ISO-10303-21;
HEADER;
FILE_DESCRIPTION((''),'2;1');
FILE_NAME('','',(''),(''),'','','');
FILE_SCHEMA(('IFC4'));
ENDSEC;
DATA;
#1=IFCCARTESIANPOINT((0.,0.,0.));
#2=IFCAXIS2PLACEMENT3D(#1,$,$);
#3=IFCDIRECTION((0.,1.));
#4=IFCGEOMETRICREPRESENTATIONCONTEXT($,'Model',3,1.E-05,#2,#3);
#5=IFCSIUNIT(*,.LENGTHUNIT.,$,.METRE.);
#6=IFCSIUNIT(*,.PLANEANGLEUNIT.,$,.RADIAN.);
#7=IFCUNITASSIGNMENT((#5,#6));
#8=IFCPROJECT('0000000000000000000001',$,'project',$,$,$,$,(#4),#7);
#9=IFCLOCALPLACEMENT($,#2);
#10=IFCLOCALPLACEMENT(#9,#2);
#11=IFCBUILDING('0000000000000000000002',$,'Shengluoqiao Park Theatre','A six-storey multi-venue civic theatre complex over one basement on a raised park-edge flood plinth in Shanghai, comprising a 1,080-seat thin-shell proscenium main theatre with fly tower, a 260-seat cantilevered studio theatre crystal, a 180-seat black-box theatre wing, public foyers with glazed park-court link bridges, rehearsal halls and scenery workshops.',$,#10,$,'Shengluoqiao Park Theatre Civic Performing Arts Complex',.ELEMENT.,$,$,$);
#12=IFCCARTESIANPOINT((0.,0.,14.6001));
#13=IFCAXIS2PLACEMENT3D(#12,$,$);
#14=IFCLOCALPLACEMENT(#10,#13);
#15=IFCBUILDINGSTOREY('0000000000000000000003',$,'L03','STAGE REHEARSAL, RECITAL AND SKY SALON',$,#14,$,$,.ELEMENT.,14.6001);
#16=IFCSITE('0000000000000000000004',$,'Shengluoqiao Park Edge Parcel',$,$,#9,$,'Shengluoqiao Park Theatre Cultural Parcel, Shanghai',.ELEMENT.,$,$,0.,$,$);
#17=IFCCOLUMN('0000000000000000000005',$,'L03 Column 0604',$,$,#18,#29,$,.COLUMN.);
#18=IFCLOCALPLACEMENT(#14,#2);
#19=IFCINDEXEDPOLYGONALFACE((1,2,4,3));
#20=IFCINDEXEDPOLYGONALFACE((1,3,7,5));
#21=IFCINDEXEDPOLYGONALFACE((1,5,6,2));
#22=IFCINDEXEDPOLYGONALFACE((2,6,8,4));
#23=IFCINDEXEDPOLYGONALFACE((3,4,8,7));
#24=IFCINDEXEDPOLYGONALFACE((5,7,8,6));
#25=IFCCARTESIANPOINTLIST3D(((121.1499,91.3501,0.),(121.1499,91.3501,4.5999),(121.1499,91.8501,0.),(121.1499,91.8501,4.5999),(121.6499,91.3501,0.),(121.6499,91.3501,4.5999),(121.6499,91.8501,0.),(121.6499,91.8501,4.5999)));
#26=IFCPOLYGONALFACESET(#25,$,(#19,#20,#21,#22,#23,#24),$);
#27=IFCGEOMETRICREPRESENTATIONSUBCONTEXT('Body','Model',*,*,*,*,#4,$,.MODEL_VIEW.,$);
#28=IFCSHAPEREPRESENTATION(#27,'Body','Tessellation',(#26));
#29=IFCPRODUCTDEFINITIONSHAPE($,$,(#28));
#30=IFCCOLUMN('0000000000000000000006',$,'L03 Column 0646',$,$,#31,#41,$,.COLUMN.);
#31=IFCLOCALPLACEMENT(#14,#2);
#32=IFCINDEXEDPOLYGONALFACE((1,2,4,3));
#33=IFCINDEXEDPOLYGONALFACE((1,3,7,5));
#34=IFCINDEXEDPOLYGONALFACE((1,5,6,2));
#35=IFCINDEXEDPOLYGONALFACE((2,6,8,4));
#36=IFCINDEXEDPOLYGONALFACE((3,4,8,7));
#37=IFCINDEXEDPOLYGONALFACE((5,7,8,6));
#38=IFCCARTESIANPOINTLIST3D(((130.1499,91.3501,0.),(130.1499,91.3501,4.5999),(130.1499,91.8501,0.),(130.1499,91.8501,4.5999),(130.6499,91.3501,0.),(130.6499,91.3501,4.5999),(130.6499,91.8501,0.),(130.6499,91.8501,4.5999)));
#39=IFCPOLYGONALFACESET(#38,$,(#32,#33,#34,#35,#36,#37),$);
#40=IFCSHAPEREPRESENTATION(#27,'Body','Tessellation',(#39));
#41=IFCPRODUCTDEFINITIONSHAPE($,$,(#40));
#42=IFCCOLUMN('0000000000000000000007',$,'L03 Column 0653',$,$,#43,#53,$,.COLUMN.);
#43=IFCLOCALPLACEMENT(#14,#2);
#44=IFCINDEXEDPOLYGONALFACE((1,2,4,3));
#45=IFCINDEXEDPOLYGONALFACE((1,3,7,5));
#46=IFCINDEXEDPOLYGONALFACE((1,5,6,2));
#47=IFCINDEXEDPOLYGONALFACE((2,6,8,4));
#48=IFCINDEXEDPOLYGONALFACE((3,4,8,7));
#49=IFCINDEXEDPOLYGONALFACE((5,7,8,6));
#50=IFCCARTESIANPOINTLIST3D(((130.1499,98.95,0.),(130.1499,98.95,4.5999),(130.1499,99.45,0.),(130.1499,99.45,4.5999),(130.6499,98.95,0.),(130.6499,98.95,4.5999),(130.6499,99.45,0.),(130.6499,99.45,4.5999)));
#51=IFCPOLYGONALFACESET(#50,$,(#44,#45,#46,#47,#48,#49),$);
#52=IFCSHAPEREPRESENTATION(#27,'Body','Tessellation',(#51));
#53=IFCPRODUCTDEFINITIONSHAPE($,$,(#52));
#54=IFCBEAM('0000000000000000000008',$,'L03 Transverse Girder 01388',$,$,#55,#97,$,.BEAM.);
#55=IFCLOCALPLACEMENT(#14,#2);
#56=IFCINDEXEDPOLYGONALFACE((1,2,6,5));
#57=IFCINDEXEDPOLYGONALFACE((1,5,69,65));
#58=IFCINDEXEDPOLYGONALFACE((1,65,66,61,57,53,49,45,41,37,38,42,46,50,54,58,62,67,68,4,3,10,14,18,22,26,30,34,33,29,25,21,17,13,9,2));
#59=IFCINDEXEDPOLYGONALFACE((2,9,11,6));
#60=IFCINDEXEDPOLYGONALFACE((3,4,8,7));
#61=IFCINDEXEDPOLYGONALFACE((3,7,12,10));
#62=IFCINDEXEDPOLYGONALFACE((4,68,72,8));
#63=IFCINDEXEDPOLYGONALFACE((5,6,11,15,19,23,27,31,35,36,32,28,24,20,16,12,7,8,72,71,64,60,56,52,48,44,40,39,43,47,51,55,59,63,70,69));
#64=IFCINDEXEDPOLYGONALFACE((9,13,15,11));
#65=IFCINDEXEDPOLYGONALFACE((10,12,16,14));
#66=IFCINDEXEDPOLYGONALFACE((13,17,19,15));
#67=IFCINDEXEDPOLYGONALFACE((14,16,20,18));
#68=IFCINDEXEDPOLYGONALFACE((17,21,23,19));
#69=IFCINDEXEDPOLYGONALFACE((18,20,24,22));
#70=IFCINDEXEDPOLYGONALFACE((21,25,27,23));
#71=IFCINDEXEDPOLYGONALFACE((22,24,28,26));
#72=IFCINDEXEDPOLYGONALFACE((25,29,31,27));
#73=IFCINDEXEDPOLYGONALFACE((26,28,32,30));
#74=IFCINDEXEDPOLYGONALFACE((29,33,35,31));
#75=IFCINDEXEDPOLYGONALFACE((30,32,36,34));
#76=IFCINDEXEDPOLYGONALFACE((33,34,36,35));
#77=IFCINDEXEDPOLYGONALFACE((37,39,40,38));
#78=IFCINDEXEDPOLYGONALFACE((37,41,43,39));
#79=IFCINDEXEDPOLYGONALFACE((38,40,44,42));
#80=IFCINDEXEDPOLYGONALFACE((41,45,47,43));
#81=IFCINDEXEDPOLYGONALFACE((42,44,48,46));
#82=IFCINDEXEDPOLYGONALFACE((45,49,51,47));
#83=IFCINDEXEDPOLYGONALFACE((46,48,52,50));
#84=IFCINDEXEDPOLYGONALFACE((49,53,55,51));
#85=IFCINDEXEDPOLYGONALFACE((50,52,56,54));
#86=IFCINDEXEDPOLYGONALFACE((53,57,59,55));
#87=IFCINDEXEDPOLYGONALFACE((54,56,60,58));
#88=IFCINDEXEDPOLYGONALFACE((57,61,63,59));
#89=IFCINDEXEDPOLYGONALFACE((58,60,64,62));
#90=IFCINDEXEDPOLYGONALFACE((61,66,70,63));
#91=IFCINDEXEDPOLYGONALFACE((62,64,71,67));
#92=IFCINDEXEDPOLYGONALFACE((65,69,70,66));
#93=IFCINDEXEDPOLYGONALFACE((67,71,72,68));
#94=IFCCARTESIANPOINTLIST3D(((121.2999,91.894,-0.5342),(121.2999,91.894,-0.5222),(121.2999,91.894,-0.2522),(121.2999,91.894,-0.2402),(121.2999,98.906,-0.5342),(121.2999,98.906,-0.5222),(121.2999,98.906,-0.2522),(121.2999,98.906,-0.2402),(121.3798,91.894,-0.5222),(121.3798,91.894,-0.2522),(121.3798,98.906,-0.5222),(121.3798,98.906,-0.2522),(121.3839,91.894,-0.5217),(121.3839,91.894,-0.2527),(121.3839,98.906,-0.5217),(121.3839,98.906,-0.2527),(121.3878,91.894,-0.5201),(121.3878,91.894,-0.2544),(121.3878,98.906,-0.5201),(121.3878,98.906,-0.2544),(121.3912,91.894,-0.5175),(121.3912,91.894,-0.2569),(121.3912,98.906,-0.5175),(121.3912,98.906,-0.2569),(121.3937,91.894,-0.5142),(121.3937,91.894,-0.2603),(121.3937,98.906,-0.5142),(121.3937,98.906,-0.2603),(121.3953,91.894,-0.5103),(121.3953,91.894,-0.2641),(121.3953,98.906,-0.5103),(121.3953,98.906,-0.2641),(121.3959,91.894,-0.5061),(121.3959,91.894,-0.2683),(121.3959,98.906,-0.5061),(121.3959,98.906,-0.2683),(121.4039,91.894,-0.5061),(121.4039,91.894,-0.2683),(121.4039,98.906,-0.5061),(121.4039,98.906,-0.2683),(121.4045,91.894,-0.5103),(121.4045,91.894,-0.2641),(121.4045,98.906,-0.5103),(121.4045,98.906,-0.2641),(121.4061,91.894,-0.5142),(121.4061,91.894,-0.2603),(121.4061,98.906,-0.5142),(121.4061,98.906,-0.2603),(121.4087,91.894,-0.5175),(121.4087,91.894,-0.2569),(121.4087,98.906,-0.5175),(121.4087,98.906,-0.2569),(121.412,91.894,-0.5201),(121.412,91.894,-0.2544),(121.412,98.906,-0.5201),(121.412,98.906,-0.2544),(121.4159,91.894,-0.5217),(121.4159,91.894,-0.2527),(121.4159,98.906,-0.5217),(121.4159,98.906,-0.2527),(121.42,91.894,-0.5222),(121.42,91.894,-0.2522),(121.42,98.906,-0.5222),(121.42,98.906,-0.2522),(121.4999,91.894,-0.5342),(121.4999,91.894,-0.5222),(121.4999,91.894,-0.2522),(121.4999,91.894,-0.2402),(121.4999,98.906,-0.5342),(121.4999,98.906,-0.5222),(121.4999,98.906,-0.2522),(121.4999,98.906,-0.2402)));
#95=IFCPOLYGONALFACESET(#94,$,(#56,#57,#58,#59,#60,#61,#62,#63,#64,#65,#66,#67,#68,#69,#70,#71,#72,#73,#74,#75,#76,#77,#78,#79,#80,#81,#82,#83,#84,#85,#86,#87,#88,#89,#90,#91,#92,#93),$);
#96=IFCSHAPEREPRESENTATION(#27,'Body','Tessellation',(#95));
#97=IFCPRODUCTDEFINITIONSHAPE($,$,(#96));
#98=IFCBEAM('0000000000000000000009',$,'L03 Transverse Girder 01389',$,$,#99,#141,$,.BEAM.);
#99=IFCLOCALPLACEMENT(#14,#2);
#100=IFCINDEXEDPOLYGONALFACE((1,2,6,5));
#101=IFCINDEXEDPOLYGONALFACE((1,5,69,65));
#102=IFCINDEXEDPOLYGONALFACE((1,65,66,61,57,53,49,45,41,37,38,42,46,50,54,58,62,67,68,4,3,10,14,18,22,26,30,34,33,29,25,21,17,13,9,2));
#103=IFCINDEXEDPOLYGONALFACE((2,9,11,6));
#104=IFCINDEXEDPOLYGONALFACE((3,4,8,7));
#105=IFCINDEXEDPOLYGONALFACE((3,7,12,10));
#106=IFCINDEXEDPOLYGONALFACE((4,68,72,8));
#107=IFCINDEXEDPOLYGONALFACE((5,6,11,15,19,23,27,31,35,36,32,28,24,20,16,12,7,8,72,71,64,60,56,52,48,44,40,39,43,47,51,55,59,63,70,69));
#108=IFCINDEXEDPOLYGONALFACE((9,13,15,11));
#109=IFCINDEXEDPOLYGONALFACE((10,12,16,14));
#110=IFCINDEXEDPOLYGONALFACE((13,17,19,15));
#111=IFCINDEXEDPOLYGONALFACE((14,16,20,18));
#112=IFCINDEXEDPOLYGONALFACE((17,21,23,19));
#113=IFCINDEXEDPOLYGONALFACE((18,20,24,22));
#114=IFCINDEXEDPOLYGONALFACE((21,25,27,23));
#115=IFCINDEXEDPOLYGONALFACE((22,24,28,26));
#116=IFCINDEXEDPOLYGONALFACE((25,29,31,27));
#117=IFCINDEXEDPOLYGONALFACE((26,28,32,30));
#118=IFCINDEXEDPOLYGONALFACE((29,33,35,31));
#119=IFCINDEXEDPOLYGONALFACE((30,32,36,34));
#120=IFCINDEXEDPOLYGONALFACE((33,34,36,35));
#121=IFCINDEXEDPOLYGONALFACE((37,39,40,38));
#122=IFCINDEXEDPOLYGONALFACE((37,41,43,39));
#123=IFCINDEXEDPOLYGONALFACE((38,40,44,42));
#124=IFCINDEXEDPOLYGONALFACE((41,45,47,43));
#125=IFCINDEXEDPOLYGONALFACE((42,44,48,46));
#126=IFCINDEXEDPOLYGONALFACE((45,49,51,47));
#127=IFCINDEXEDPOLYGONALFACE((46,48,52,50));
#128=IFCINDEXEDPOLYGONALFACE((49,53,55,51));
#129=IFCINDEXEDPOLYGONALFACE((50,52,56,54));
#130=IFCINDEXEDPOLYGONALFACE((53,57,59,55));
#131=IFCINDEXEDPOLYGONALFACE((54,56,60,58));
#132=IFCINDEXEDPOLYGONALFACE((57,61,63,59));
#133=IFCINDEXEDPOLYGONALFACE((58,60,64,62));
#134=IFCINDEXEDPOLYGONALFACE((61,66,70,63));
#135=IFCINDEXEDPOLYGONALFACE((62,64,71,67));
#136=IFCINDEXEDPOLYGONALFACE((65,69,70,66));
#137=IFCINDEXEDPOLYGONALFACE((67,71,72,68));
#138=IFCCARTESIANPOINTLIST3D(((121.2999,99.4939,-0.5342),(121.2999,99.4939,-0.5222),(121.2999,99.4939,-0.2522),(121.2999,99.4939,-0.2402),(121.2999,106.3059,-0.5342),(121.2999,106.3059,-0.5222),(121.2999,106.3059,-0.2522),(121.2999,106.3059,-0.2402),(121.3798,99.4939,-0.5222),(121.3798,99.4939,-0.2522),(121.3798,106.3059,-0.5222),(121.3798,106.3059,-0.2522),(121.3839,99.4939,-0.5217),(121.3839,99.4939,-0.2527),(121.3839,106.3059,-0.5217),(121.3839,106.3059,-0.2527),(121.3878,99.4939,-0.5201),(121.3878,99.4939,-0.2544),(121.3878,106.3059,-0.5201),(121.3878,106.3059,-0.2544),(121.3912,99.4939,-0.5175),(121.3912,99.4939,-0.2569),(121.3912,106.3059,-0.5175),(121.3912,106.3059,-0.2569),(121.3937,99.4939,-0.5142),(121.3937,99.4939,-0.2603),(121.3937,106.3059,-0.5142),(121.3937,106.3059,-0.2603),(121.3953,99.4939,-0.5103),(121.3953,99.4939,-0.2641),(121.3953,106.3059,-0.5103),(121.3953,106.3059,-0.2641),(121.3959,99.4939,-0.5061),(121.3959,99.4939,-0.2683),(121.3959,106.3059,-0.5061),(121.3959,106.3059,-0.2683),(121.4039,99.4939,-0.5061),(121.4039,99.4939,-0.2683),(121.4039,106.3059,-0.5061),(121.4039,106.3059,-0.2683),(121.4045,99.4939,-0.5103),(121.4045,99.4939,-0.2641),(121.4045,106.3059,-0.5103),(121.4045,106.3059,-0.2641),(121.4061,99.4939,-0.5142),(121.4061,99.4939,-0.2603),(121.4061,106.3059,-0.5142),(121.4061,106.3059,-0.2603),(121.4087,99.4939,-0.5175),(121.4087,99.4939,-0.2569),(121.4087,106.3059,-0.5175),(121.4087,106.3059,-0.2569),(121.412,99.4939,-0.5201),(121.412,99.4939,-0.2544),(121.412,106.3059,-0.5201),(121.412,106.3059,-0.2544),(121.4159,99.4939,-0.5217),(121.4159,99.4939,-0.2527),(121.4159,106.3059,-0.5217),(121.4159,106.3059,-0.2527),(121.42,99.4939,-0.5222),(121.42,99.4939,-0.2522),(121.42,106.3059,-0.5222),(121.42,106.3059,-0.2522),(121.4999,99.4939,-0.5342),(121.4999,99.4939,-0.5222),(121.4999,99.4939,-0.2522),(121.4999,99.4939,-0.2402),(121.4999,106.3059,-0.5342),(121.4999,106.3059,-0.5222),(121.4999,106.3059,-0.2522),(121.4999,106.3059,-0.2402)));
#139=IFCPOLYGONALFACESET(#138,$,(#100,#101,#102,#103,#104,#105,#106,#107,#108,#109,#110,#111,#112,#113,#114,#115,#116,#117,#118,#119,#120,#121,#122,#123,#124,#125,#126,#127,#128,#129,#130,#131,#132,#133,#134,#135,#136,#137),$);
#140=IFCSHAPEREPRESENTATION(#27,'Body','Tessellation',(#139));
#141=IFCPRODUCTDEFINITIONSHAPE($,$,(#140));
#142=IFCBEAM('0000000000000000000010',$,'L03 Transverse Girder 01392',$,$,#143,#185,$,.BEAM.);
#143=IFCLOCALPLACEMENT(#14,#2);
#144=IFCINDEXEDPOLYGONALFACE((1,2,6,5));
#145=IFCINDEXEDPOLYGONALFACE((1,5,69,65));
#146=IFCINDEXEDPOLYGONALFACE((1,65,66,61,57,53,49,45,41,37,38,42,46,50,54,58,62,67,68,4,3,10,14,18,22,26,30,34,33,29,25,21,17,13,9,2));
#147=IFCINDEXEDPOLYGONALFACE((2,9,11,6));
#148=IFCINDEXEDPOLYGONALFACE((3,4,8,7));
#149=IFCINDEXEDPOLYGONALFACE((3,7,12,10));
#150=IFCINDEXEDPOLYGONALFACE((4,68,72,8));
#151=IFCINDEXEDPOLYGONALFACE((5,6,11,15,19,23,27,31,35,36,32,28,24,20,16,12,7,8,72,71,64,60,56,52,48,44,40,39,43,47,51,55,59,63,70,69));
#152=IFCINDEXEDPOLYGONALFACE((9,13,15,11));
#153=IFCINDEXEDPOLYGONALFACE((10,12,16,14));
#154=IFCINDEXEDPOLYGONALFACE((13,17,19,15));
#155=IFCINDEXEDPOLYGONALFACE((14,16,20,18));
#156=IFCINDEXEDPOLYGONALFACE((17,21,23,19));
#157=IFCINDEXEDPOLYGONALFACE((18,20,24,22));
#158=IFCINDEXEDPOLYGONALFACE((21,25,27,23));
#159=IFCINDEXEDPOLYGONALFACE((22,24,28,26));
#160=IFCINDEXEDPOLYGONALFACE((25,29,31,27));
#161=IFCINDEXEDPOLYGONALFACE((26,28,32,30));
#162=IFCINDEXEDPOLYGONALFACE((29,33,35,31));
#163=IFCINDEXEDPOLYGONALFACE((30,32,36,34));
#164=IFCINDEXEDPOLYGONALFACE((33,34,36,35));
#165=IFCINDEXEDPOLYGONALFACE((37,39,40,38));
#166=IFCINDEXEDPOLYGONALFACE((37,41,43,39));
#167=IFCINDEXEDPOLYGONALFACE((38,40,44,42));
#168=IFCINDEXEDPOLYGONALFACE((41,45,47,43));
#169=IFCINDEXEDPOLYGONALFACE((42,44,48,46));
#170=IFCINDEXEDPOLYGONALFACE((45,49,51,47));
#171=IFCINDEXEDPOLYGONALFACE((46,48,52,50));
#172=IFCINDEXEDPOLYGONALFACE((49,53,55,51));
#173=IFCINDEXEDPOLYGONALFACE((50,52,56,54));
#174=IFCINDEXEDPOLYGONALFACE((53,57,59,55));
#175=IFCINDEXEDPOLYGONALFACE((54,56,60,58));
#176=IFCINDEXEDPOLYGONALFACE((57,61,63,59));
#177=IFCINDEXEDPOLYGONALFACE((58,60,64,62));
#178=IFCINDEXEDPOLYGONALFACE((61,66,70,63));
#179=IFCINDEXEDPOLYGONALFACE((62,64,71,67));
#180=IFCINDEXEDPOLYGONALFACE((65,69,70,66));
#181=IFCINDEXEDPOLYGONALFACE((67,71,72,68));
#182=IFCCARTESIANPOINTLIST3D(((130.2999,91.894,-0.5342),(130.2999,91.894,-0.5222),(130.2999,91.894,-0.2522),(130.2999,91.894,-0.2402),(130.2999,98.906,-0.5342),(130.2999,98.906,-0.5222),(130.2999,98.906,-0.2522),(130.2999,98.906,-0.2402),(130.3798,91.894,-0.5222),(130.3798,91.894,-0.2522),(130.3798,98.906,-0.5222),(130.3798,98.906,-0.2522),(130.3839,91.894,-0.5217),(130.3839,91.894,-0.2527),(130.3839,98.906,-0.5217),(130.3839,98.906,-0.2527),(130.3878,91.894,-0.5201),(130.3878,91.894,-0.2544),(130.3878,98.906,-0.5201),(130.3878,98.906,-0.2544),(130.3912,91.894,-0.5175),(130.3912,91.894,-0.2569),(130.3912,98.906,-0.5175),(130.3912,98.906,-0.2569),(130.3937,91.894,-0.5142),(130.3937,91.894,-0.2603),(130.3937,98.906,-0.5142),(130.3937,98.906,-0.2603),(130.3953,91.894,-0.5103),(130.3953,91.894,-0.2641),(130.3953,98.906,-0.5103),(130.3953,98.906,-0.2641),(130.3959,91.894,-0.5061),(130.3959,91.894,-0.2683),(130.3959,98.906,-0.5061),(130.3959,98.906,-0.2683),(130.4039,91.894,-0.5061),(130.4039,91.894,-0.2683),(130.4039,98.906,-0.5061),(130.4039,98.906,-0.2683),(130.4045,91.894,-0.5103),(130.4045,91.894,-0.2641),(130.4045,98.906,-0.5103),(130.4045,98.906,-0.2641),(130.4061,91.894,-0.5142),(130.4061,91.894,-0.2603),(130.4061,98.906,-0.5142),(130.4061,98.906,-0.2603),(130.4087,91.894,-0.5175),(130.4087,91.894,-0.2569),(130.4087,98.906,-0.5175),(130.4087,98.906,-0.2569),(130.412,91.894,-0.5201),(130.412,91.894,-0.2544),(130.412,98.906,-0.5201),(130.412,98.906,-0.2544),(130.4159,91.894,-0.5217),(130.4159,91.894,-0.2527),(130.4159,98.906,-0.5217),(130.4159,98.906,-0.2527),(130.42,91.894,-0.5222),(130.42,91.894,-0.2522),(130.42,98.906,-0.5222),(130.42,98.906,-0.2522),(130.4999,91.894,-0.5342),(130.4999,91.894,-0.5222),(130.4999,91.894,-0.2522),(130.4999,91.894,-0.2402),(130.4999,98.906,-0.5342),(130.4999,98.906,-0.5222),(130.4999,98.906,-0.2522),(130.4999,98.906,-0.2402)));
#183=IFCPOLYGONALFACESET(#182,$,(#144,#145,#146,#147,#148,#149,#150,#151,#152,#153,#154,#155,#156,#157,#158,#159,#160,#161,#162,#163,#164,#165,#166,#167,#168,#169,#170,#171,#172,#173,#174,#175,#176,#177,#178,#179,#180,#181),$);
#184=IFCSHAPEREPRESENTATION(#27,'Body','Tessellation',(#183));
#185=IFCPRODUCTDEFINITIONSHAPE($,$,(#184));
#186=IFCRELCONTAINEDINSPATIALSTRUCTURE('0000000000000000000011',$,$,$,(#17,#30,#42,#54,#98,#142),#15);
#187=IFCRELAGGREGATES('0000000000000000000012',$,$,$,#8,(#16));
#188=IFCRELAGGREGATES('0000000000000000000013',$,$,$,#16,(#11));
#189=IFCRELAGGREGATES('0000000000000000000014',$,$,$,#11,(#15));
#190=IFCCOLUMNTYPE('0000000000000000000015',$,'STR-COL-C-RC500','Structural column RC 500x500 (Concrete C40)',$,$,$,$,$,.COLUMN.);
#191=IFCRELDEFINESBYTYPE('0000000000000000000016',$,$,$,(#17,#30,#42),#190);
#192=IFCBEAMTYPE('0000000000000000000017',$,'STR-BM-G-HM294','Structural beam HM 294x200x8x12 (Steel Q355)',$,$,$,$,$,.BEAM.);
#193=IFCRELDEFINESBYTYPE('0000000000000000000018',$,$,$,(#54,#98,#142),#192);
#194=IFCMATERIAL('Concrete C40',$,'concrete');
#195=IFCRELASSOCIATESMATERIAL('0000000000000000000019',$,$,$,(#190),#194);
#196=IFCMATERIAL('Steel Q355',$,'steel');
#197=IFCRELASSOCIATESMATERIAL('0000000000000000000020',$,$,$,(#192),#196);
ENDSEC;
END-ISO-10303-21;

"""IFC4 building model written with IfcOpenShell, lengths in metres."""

from ifc_helpers import new_model, si_unit, direction, frame, origin, origin_2d, place, context, subcontext, project, spatial, rectangle, i_section, extrude, material, material_profile, profile_set, type_object, element, save


model = new_model("IFC4")

# Units and contexts
model_context = context("Model", 3, precision=1e-05, world=origin(), true_north=direction((0.0, 1.0)))
body_context = subcontext(model_context, "Body", "Model", "MODEL_VIEW")
ifc_project = project(units=[si_unit("LENGTHUNIT", "METRE"), si_unit("PLANEANGLEUNIT", "RADIAN")], contexts=[model_context])

# Site, building, storey
site_placement = place(None, origin())
site = spatial("IfcSite", under=ifc_project, at=site_placement, Name="Shengluoqiao Park Edge Parcel", LongName="Shengluoqiao Park Theatre Cultural Parcel, Shanghai", CompositionType="ELEMENT", RefElevation=0.0)
building_placement = place(site_placement, origin())
building = spatial("IfcBuilding", under=site, at=building_placement, Name="Shengluoqiao Park Theatre", Description="A six-storey multi-venue civic theatre complex over one basement on a raised park-edge flood plinth in Shanghai, comprising a 1,080-seat thin-shell proscenium main theatre with fly tower, a 260-seat cantilevered studio theatre crystal, a 180-seat black-box theatre wing, public foyers with glazed park-court link bridges, rehearsal halls and scenery workshops.", LongName="Shengluoqiao Park Theatre Civic Performing Arts Complex", CompositionType="ELEMENT")
storey_placement = place(building_placement, frame((0.0, 0.0, 14.6001)))
storey = spatial("IfcBuildingStorey", under=building, at=storey_placement, Name="L03", Description="STAGE REHEARSAL, RECITAL AND SKY SALON", CompositionType="ELEMENT", Elevation=14.6001)

# Columns
ifc_material_1 = material(Name="Concrete C40", Category="concrete")
ifc_material_profile_1 = material_profile(ifc_material_1, rectangle(XDim=0.5, YDim=0.5, at=origin_2d()), Name="RC 500x500")
ifc_profile_set_1 = profile_set([ifc_material_profile_1], Name="Concrete C40")
column_type = type_object("IfcColumnType", Name="STR-COL-C-RC500", Description="Structural column RC 500x500 (Concrete C40)", PredefinedType="COLUMN", material=ifc_profile_set_1)
for number, where, z_axis, x_axis, name in (
    (1, (121.3999, 91.6001, 0.0), (0.0, 0.0, 1.0), (1.0, 0.0, 0.0), "L03 Column 0604"),
    (2, (130.3999, 91.6001, 0.0), (0.0, 0.0, 1.0), (1.0, 0.0, 0.0), "L03 Column 0646"),
    (3, (130.3999, 99.2, 0.0), (0.0, 0.0, 1.0), (1.0, 0.0, 0.0), "L03 Column 0653"),
):
    element("IfcColumn", number, at=place(storey_placement, frame(where, z_axis=z_axis, x_axis=x_axis)), inside=storey, type_object=column_type, Name=name, PredefinedType="COLUMN", context=body_context, shape_type="SweptSolid", body=[
        extrude(rectangle(XDim=0.5, YDim=0.5, at=origin_2d()), origin(), (0.0, 0.0, 1.0), 4.5999),
    ])

# Beams
ifc_material_2 = material(Name="Steel Q355", Category="steel")
ifc_material_profile_2 = material_profile(ifc_material_2, i_section(OverallWidth=0.2, OverallDepth=0.2939, WebThickness=0.0081, FlangeThickness=0.012, FilletRadius=0.0161, at=origin_2d()), Name="HM 294x200x8x12")
ifc_profile_set_2 = profile_set([ifc_material_profile_2], Name="Steel Q355")
beam_type_1 = type_object("IfcBeamType", Name="STR-BM-G-HM294", Description="Structural beam HM 294x200x8x12 (Steel Q355)", PredefinedType="BEAM", material=ifc_profile_set_2)
beam_1_placement = place(storey_placement, frame((121.3999, 91.894, -0.3872), z_axis=(0.0, 1.0, 0.0), x_axis=(-1.0, 0.0, 0.0)))
element("IfcBeam", 4, at=beam_1_placement, inside=storey, type_object=beam_type_1, Name="L03 Transverse Girder 01388", PredefinedType="BEAM", context=body_context, shape_type="SweptSolid", body=[
    extrude(i_section(OverallWidth=0.2, OverallDepth=0.2939, WebThickness=0.0081, FlangeThickness=0.012, FilletRadius=0.0161, at=origin_2d()), origin(), (0.0, 0.0, 1.0), 7.012),
])
beam_2_placement = place(storey_placement, frame((121.3999, 99.4939, -0.3872), z_axis=(0.0, 1.0, 0.0), x_axis=(-1.0, 0.0, 0.0)))
element("IfcBeam", 5, at=beam_2_placement, inside=storey, type_object=beam_type_1, Name="L03 Transverse Girder 01389", PredefinedType="BEAM", context=body_context, shape_type="SweptSolid", body=[
    extrude(i_section(OverallWidth=0.2, OverallDepth=0.2939, WebThickness=0.0081, FlangeThickness=0.012, FilletRadius=0.0161, at=origin_2d()), origin(), (0.0, 0.0, 1.0), 6.812),
])
beam_3_placement = place(storey_placement, frame((130.3999, 91.894, -0.3872), z_axis=(0.0, 1.0, 0.0), x_axis=(-1.0, 0.0, 0.0)))
element("IfcBeam", 6, at=beam_3_placement, inside=storey, type_object=beam_type_1, Name="L03 Transverse Girder 01392", PredefinedType="BEAM", context=body_context, shape_type="SweptSolid", body=[
    extrude(i_section(OverallWidth=0.2, OverallDepth=0.2939, WebThickness=0.0081, FlangeThickness=0.012, FilletRadius=0.0161, at=origin_2d()), origin(), (0.0, 0.0, 1.0), 7.012),
])

save(model, "model.ifc")
